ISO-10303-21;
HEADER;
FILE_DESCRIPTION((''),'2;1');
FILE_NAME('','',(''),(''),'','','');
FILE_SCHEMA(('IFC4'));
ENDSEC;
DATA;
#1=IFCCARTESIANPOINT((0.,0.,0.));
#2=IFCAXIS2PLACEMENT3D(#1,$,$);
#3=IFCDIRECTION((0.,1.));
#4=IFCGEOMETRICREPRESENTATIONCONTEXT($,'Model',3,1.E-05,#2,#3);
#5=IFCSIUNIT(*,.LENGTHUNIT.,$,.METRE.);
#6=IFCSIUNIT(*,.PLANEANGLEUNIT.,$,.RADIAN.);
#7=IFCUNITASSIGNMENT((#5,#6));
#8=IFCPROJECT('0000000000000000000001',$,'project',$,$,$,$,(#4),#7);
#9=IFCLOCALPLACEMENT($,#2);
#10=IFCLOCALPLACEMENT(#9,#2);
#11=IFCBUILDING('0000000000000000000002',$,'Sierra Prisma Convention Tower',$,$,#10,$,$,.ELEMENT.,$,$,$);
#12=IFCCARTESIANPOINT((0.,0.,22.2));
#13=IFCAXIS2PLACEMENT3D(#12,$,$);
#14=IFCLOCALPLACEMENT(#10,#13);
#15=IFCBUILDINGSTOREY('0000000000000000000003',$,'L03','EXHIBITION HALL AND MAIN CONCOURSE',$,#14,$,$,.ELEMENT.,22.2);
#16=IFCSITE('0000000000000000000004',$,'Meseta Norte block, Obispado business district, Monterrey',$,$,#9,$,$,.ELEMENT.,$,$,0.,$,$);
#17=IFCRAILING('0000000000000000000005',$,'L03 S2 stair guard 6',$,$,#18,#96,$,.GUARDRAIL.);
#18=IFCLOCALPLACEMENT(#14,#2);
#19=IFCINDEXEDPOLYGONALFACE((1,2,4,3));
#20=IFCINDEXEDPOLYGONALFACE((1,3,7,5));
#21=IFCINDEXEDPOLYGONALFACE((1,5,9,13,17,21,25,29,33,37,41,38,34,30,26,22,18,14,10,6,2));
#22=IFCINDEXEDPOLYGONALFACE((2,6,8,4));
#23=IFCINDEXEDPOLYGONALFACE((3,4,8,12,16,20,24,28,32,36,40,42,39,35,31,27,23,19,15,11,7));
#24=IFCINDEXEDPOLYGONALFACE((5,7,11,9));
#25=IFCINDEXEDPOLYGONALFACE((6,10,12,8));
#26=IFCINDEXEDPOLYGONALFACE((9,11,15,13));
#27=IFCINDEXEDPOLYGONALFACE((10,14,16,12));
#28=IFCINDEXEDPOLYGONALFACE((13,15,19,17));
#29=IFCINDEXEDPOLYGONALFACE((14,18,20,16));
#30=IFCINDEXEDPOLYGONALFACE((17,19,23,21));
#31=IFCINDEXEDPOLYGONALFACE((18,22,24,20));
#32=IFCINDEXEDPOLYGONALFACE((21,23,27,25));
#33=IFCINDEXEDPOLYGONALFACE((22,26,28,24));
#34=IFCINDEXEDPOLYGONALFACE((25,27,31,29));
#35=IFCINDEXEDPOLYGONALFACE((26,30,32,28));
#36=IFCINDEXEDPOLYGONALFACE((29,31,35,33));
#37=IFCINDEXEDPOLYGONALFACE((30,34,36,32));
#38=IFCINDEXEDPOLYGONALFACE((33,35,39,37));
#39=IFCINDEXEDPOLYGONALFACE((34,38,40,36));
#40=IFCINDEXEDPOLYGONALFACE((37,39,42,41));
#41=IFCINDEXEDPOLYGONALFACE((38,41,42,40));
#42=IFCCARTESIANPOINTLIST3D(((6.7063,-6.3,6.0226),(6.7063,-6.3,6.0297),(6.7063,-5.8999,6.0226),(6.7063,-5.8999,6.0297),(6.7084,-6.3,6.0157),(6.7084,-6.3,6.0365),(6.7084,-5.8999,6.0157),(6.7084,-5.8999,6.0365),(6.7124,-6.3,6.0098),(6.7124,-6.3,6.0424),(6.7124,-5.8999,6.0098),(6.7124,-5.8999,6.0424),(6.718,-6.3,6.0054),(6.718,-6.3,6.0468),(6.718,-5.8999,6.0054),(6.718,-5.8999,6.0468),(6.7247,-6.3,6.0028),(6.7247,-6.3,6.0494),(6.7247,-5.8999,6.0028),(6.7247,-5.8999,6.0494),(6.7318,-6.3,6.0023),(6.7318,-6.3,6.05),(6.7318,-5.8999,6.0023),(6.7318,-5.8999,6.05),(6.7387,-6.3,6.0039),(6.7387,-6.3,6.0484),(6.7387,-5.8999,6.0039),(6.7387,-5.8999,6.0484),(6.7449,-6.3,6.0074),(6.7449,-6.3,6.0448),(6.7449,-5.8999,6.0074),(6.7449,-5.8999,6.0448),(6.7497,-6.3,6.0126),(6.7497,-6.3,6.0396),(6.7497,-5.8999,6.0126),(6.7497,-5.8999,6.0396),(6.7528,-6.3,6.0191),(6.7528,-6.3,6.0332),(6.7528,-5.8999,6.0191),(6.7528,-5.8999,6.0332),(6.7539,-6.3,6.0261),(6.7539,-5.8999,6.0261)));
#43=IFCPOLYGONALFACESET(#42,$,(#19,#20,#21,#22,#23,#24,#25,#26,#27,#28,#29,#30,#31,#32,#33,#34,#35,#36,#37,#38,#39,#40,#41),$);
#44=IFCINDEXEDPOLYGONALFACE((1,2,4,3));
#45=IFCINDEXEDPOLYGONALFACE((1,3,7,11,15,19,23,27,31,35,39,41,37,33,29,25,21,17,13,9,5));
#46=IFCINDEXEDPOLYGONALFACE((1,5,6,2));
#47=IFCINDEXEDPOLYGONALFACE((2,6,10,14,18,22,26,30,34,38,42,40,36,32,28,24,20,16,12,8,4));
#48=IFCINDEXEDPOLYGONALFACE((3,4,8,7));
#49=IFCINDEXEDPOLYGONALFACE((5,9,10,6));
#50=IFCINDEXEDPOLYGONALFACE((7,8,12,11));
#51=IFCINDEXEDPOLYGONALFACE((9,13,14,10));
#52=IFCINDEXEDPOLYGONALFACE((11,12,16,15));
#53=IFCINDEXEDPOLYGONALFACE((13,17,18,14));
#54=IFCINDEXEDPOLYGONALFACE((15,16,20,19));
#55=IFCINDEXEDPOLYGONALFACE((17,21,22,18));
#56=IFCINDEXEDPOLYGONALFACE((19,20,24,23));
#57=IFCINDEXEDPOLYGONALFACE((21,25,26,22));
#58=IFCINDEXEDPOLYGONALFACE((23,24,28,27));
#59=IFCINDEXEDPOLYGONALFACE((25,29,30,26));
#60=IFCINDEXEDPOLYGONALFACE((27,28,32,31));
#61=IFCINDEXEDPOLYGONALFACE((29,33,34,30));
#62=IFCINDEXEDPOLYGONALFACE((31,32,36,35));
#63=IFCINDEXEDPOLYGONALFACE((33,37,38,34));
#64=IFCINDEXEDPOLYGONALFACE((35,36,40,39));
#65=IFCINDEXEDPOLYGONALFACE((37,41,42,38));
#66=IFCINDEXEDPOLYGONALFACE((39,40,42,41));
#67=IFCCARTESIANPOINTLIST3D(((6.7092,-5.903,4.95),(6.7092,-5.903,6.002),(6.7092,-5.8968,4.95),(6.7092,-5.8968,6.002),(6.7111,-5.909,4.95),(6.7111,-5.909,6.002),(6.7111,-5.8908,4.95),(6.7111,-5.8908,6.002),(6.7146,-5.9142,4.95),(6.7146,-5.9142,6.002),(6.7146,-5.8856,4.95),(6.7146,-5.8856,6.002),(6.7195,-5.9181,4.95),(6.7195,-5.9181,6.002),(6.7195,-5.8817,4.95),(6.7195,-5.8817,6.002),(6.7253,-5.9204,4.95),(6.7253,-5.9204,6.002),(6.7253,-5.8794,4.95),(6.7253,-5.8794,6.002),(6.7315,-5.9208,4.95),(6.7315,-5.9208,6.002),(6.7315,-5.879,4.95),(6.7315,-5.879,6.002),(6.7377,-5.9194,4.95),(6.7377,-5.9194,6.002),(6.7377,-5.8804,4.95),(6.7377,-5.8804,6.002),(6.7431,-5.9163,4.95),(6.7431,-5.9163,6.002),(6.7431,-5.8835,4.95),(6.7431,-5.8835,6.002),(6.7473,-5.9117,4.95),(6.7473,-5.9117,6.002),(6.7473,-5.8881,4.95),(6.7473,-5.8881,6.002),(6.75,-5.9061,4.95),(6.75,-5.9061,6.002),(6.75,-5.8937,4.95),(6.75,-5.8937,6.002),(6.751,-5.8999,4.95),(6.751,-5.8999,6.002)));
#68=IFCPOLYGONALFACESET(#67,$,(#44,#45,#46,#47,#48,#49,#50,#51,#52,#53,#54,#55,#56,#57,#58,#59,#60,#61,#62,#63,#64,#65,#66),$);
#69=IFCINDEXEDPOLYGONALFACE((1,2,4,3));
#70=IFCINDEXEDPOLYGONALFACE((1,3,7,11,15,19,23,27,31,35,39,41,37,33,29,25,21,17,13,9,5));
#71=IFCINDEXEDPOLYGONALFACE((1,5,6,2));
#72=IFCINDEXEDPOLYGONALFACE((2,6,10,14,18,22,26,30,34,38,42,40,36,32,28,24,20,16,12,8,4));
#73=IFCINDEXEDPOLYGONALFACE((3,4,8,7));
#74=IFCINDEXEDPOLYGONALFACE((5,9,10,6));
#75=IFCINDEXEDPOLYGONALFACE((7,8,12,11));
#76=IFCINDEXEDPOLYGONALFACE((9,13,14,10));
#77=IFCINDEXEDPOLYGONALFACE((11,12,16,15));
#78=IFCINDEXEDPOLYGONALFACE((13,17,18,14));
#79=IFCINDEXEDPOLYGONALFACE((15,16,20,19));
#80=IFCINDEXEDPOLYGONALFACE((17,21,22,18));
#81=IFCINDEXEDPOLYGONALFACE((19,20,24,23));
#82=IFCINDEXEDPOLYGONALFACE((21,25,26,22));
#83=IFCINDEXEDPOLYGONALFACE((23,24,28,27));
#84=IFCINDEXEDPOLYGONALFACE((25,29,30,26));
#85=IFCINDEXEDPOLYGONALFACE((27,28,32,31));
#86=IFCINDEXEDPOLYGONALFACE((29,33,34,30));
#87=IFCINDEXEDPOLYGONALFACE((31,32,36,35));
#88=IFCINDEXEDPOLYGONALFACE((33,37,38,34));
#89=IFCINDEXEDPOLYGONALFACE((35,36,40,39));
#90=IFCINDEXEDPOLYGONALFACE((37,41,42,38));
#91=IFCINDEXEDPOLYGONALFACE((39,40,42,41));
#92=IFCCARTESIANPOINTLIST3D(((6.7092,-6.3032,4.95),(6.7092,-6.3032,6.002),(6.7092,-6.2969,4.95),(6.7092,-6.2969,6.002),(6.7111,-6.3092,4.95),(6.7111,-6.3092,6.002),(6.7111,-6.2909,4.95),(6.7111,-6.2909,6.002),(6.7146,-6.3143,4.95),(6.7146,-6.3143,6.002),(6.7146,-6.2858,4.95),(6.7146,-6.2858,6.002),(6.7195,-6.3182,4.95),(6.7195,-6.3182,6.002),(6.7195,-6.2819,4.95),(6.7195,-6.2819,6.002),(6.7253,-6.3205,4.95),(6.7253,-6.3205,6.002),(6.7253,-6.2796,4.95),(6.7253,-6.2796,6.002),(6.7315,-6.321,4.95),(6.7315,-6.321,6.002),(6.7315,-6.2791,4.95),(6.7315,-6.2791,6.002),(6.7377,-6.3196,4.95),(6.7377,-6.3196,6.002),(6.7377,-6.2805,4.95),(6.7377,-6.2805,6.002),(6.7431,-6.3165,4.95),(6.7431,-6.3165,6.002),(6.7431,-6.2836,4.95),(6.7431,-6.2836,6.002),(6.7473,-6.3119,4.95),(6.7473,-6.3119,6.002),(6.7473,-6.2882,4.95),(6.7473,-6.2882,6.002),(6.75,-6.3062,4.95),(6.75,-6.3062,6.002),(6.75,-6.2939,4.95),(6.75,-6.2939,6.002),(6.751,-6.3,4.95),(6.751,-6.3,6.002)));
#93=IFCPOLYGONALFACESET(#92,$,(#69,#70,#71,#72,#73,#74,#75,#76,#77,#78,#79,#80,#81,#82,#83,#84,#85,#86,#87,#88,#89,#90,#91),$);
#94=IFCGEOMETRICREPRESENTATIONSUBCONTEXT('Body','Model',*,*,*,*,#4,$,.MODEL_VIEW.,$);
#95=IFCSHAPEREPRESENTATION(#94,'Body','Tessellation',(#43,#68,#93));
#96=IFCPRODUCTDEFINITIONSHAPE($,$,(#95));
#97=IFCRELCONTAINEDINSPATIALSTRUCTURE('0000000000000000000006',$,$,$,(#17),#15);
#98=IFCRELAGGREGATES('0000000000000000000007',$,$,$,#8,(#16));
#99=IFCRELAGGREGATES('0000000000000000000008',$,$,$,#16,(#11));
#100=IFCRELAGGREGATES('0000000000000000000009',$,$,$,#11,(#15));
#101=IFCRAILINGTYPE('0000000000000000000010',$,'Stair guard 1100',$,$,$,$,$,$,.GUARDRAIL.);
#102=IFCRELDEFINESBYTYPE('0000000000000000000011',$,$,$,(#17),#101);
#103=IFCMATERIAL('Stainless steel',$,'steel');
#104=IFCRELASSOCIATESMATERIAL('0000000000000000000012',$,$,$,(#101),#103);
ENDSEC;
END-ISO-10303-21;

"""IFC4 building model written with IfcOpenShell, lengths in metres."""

from ifc_helpers import new_model, si_unit, direction, frame, origin, origin_2d, place, context, subcontext, project, spatial, circle, extrude, material, type_object, element, save


model = new_model("IFC4")

# Units and contexts
model_context = context("Model", 3, precision=1e-05, world=origin(), true_north=direction((0.0, 1.0)))
body_context = subcontext(model_context, "Body", "Model", "MODEL_VIEW")
ifc_project = project(units=[si_unit("LENGTHUNIT", "METRE"), si_unit("PLANEANGLEUNIT", "RADIAN")], contexts=[model_context])

# Site, building, storey
site_placement = place(None, origin())
site = spatial("IfcSite", under=ifc_project, at=site_placement, Name="Meseta Norte block, Obispado business district, Monterrey", CompositionType="ELEMENT", RefElevation=0.0)
building_placement = place(site_placement, origin())
building = spatial("IfcBuilding", under=site, at=building_placement, Name="Sierra Prisma Convention Tower", CompositionType="ELEMENT")
storey_placement = place(building_placement, frame((0.0, 0.0, 22.2)))
storey = spatial("IfcBuildingStorey", under=building, at=storey_placement, Name="L03", Description="EXHIBITION HALL AND MAIN CONCOURSE", CompositionType="ELEMENT", Elevation=22.2)

# Railing
ifc_material_1 = material(Name="Stainless steel", Category="steel")
railing_type_1 = type_object("IfcRailingType", Name="Stair guard 1100", PredefinedType="GUARDRAIL", material=ifc_material_1)
railing_1_placement = place(storey_placement, frame((6.73, -5.8999, 4.95)))
element("IfcRailing", 1, at=railing_1_placement, inside=storey, type_object=railing_type_1, Name="L03 S2 stair guard 6", PredefinedType="GUARDRAIL", context=body_context, shape_type="SweptSolid", body=[
    extrude(circle(Radius=0.0239, at=origin_2d()), frame((0.0, 0.0, 1.0762), z_axis=(0.0, -1.0, 0.0), x_axis=(1.0, 0.0, 0.0)), (0.0, 0.0, 1.0), 0.4001),
    extrude(circle(Radius=0.021, at=origin_2d()), origin(), (0.0, 0.0, 1.0), 1.052),
    extrude(circle(Radius=0.021, at=origin_2d()), frame((0.0, -0.4001, 0.0)), (0.0, 0.0, 1.0), 1.052),
])

save(model, "model.ifc")
